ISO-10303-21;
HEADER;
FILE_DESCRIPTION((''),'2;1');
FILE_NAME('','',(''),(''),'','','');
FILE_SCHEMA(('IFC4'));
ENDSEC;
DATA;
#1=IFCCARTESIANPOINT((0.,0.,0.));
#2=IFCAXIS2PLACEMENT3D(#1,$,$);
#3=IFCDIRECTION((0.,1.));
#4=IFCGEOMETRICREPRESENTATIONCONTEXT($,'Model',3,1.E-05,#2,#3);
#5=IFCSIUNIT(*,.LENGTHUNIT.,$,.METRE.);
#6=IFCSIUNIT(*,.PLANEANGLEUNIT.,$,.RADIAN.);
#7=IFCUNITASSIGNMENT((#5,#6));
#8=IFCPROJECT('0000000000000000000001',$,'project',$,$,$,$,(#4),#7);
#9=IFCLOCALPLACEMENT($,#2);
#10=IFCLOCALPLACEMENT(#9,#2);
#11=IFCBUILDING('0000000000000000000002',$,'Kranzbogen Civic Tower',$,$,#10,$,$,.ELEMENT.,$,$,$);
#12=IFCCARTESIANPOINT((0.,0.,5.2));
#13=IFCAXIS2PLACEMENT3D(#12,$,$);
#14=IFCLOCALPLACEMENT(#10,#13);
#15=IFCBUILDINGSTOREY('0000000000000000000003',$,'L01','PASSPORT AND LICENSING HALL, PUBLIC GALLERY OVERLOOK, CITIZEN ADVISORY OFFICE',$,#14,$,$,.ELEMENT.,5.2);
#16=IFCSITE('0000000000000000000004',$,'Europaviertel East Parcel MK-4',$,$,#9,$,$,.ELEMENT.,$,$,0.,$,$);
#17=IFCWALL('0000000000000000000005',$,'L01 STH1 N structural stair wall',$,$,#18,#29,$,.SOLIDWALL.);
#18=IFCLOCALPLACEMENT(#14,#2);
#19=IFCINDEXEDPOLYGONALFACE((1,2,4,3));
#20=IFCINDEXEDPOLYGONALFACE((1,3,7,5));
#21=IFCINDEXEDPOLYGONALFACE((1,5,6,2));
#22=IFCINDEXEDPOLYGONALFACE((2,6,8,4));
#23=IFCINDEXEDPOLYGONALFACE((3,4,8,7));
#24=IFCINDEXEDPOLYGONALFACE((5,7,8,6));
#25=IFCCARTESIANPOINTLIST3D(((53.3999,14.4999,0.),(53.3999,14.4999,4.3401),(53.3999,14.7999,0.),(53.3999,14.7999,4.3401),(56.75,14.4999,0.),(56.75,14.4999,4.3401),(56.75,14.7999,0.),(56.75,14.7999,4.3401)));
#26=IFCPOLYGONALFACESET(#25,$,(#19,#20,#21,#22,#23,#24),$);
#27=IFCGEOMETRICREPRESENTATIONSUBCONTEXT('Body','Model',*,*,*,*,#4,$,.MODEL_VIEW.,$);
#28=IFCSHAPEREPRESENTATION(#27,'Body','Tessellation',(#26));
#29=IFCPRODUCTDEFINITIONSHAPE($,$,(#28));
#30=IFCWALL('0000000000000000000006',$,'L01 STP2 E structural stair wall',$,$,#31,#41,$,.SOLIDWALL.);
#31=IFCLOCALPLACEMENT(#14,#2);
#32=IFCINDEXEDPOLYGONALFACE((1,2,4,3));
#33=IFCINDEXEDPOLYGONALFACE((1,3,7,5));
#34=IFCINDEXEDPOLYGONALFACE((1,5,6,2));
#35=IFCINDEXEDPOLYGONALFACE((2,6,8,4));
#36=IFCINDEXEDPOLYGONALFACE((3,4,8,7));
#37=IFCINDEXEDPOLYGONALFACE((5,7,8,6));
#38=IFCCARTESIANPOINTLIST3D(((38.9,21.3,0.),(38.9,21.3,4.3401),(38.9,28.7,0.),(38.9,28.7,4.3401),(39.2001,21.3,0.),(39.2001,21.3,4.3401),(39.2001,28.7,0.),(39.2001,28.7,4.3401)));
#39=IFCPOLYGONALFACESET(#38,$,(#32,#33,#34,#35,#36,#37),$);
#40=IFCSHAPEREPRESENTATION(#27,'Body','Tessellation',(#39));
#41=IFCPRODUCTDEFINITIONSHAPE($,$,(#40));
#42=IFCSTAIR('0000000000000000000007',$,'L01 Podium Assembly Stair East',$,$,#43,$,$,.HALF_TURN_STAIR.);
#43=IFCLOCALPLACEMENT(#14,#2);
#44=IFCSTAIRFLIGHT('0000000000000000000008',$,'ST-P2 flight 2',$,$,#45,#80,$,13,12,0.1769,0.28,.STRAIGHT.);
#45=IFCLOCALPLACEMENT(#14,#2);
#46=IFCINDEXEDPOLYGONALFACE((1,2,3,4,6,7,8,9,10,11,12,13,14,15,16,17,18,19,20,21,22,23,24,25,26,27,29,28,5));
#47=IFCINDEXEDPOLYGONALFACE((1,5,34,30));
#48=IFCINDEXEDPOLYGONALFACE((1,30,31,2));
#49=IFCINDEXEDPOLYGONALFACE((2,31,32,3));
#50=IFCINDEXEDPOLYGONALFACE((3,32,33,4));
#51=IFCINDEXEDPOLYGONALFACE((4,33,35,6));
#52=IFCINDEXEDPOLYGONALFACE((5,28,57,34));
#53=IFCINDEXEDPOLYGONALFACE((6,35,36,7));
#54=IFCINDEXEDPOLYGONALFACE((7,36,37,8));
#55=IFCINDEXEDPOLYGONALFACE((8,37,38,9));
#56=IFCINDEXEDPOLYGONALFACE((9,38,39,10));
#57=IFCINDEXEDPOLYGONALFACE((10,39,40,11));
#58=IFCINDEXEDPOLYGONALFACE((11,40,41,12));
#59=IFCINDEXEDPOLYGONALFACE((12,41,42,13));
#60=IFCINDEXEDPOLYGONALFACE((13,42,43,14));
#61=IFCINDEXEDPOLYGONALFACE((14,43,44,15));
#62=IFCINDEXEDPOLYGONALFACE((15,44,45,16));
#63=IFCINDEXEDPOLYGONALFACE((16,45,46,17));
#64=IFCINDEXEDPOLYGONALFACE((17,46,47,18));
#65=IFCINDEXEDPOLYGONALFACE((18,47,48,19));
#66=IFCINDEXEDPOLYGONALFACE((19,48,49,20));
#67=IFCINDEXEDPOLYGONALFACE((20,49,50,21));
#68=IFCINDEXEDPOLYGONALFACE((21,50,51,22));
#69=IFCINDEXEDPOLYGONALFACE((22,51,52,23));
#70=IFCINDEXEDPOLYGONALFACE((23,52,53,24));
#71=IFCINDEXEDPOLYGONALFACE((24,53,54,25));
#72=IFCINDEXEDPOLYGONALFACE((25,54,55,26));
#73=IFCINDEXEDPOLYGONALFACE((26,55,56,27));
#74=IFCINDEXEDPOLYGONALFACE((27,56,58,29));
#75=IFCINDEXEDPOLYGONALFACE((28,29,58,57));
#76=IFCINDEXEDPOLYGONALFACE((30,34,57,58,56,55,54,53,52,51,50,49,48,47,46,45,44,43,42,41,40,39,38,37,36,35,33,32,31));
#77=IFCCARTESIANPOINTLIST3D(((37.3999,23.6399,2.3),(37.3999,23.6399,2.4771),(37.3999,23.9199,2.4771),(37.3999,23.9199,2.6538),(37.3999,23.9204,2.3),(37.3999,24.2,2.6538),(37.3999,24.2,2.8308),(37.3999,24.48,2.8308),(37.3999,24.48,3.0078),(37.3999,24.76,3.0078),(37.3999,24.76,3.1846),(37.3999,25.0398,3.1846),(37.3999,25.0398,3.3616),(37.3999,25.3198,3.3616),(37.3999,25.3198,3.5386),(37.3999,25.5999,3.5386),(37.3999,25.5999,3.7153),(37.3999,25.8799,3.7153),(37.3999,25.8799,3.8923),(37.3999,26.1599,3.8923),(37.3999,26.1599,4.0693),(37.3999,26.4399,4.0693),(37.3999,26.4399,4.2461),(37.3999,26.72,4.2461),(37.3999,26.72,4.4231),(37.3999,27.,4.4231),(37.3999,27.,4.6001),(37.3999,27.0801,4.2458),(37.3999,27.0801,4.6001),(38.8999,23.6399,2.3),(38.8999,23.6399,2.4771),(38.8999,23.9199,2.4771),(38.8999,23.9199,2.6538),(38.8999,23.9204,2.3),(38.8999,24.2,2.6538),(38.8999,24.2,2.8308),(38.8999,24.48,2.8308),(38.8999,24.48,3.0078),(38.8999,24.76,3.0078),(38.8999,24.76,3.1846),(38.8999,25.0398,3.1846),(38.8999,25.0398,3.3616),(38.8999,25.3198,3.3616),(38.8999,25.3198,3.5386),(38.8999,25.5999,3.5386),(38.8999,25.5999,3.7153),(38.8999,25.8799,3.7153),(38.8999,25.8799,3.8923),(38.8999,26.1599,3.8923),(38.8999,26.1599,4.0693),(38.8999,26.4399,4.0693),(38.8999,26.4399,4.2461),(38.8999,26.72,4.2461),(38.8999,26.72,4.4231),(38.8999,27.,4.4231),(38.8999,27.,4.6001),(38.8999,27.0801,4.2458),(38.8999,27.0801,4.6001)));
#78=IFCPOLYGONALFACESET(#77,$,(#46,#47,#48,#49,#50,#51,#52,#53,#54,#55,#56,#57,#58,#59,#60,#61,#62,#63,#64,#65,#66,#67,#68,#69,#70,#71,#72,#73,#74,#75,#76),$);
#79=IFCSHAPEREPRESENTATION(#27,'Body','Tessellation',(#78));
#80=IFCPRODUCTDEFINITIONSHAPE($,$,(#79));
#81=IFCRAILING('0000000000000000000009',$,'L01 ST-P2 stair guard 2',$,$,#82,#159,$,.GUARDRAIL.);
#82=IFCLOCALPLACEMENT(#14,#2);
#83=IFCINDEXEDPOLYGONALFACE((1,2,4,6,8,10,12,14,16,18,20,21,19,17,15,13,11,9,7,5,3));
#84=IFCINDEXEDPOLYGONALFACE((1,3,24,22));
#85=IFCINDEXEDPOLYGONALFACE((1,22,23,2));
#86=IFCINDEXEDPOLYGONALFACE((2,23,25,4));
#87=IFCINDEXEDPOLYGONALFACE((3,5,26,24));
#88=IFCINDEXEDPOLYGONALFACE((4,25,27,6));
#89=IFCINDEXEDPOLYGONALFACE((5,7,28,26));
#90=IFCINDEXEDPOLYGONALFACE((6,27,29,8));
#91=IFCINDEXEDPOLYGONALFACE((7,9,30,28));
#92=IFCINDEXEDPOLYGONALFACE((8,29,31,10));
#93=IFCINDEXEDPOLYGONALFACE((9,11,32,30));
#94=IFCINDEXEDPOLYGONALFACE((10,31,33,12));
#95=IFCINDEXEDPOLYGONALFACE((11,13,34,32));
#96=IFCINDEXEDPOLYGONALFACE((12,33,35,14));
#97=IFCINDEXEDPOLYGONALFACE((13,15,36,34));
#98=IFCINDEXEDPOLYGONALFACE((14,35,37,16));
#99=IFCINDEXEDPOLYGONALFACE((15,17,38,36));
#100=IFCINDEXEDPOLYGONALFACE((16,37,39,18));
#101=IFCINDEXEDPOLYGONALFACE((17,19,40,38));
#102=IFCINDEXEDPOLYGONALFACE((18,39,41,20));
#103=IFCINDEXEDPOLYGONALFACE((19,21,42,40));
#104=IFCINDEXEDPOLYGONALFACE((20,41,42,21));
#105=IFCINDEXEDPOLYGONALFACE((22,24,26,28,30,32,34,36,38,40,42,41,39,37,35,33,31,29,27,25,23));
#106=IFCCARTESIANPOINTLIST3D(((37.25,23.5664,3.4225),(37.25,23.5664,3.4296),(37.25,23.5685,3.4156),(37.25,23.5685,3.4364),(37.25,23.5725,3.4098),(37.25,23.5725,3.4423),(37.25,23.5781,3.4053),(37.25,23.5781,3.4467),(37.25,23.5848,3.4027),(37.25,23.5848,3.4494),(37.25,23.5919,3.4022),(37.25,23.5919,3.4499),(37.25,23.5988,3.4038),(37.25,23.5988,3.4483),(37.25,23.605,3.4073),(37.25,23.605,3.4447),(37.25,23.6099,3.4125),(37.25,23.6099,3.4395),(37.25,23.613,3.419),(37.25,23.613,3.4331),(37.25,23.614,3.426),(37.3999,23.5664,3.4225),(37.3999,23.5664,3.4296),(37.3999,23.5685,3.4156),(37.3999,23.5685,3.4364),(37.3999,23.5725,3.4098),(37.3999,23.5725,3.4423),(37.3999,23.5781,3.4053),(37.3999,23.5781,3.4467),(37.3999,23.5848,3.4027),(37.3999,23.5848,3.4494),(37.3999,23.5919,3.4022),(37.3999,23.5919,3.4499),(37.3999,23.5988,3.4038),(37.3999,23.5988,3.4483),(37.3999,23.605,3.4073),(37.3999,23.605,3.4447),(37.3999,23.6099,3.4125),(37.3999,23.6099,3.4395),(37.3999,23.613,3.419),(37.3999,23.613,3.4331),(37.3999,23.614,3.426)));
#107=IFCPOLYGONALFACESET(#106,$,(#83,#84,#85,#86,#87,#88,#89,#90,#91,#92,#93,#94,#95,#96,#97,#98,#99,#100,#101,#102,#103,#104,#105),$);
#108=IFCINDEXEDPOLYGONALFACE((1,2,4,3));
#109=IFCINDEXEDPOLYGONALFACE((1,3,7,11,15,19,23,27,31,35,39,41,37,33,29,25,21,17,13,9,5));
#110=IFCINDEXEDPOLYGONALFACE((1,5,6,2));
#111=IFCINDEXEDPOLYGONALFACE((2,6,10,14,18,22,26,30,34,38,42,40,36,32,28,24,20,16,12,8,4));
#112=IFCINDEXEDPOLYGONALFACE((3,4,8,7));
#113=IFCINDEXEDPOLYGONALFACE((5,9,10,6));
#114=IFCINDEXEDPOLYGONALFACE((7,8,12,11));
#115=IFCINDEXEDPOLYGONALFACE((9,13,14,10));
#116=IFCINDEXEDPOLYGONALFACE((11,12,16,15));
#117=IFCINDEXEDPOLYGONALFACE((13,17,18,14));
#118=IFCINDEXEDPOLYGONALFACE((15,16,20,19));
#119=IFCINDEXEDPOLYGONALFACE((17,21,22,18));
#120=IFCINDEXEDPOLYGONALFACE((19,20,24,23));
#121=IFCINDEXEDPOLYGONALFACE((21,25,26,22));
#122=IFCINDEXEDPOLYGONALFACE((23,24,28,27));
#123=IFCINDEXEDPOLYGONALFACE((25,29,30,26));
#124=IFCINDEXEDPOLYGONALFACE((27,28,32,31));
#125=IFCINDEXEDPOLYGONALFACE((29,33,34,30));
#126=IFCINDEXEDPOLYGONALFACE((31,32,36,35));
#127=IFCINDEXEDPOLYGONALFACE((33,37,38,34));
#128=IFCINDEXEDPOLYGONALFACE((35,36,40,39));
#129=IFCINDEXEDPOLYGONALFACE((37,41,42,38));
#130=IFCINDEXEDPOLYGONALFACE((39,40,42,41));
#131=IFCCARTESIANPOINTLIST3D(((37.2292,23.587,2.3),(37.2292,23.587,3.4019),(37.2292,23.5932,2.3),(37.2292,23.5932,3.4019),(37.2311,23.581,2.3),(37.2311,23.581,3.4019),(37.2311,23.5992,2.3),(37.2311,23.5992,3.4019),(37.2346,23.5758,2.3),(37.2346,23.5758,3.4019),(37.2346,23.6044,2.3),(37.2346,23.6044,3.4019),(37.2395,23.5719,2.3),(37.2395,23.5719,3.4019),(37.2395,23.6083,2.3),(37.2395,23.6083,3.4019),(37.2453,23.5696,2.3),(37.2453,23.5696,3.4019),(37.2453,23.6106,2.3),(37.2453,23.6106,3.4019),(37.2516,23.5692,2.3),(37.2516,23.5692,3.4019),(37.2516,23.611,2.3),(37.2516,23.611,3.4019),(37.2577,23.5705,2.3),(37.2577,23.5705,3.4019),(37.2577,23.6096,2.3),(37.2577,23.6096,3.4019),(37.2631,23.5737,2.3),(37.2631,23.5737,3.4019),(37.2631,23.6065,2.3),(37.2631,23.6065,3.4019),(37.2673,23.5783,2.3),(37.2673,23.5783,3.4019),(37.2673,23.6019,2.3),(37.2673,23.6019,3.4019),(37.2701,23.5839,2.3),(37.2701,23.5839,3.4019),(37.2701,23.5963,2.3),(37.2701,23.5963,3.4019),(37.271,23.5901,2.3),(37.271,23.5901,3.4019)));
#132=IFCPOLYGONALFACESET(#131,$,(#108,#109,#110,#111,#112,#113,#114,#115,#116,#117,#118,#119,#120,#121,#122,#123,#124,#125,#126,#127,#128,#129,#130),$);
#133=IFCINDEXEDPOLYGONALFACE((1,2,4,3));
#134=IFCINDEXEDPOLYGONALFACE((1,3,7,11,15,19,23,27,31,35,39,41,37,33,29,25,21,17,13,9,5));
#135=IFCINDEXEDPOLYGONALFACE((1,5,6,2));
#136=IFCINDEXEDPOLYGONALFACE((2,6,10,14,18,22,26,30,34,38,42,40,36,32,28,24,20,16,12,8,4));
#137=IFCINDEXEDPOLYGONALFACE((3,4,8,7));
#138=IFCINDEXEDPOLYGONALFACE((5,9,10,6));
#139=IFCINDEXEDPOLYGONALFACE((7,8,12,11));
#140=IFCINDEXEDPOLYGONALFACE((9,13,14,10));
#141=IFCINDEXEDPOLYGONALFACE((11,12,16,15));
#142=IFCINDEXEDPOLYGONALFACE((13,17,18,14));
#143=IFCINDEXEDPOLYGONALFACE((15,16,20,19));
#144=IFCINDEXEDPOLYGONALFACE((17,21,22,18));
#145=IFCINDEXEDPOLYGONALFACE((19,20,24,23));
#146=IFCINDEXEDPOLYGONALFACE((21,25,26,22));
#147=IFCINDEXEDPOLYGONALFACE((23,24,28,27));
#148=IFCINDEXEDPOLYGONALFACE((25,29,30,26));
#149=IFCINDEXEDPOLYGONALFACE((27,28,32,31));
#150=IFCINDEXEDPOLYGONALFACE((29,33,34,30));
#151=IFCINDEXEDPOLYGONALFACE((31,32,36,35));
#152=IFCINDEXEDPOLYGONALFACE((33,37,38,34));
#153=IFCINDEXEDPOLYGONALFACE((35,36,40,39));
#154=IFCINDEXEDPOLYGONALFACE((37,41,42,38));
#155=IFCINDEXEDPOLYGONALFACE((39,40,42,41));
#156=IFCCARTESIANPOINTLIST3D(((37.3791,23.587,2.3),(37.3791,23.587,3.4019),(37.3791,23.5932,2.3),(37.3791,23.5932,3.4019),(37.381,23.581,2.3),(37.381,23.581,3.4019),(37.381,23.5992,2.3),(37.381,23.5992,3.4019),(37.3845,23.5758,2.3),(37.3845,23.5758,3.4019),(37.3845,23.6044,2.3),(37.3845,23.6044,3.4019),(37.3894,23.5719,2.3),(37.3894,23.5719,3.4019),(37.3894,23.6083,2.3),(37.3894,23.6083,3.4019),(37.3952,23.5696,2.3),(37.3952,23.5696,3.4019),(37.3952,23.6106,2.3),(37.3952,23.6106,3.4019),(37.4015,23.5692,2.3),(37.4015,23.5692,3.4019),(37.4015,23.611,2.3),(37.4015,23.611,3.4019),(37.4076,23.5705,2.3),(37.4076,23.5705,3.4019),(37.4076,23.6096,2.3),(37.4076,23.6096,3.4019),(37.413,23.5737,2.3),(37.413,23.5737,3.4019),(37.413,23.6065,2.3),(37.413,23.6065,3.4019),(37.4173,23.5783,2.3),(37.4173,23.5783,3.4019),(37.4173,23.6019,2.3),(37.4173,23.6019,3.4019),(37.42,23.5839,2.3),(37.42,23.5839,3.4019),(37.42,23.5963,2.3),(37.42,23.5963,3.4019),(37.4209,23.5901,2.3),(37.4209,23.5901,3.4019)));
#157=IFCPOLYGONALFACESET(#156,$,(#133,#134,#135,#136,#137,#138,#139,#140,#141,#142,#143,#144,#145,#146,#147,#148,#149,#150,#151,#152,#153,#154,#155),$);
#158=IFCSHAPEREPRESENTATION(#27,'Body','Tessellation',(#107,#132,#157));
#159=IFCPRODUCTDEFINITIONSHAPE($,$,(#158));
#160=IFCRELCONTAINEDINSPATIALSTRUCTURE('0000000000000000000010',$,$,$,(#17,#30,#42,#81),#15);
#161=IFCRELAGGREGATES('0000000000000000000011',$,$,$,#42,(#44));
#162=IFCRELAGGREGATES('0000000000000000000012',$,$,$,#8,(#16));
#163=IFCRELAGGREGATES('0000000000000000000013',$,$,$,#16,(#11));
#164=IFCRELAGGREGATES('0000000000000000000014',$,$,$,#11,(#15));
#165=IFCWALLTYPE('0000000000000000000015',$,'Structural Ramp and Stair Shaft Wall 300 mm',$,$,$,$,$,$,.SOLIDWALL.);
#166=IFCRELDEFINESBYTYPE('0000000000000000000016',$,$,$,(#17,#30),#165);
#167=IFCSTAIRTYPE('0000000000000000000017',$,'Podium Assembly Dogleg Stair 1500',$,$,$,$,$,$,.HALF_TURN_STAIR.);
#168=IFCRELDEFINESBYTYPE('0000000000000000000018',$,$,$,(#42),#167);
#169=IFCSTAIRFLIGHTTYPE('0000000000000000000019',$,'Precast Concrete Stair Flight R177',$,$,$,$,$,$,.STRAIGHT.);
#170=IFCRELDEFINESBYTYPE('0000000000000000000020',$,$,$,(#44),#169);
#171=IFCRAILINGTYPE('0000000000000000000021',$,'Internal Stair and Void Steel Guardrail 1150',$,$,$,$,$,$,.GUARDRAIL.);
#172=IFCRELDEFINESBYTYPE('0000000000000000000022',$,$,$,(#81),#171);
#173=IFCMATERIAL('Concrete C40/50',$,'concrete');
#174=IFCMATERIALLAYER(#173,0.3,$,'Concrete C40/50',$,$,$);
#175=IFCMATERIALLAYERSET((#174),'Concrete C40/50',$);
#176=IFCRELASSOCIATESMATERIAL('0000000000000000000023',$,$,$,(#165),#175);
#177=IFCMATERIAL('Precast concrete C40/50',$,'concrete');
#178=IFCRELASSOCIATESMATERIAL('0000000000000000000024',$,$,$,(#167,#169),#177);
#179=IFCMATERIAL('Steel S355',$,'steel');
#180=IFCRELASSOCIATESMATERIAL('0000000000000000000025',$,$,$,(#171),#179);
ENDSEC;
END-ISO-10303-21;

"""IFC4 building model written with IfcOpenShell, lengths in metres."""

from ifc_helpers import new_model, si_unit, direction, frame, frame_2d, origin, origin_2d, place, context, subcontext, project, spatial, polyline, rectangle, circle, outline, extrude, material, layer, layer_set, type_object, element, aggregate, save


model = new_model("IFC4")

# Units and contexts
model_context = context("Model", 3, precision=1e-05, world=origin(), true_north=direction((0.0, 1.0)))
body_context = subcontext(model_context, "Body", "Model", "MODEL_VIEW")
ifc_project = project(units=[si_unit("LENGTHUNIT", "METRE"), si_unit("PLANEANGLEUNIT", "RADIAN")], contexts=[model_context])

# Site, building, storey
site_placement = place(None, origin())
site = spatial("IfcSite", under=ifc_project, at=site_placement, Name="Europaviertel East Parcel MK-4", CompositionType="ELEMENT", RefElevation=0.0)
building_placement = place(site_placement, origin())
building = spatial("IfcBuilding", under=site, at=building_placement, Name="Kranzbogen Civic Tower", CompositionType="ELEMENT")
storey_placement = place(building_placement, frame((0.0, 0.0, 5.2)))
storey = spatial("IfcBuildingStorey", under=building, at=storey_placement, Name="L01", Description="PASSPORT AND LICENSING HALL, PUBLIC GALLERY OVERLOOK, CITIZEN ADVISORY OFFICE", CompositionType="ELEMENT", Elevation=5.2)

# Shared definitions
ifc_material_1 = material(Name="Concrete C40/50", Category="concrete")

# Shared definitions
ifc_material_2 = material(Name="Steel S355", Category="steel")

# Walls
ifc_layer_1 = layer(ifc_material_1, 0.3, Name="Concrete C40/50")
ifc_layer_set_1 = layer_set([ifc_layer_1], Name="Concrete C40/50")
wall_type_1 = type_object("IfcWallType", Name="Structural Ramp and Stair Shaft Wall 300 mm", PredefinedType="SOLIDWALL", material=ifc_layer_set_1)
wall_1_placement = place(storey_placement, frame((53.3999, 14.6499, 0.0), z_axis=(0.0, 0.0, 1.0), x_axis=(1.0, 0.0, 0.0)))
element("IfcWall", 1, at=wall_1_placement, inside=storey, type_object=wall_type_1, Name="L01 STH1 N structural stair wall", PredefinedType="SOLIDWALL", context=body_context, shape_type="SweptSolid", body=[
    extrude(rectangle(XDim=3.3501, YDim=0.3, at=frame_2d((1.675, 0.0))), origin(), (0.0, 0.0, 1.0), 4.3401),
])
wall_2_placement = place(storey_placement, frame((39.05, 21.3, 0.0), z_axis=(0.0, 0.0, 1.0), x_axis=(0.0, 1.0, 0.0)))
element("IfcWall", 2, at=wall_2_placement, inside=storey, type_object=wall_type_1, Name="L01 STP2 E structural stair wall", PredefinedType="SOLIDWALL", context=body_context, shape_type="SweptSolid", body=[
    extrude(rectangle(XDim=7.3999, YDim=0.3, at=frame_2d((3.7, 0.0))), origin(), (0.0, 0.0, 1.0), 4.3401),
])

# Stair, stair flight
ifc_material_3 = material(Name="Precast concrete C40/50", Category="concrete")
stair_type = type_object("IfcStairType", Name="Podium Assembly Dogleg Stair 1500", PredefinedType="HALF_TURN_STAIR", material=ifc_material_3)
stair_placement = place(storey_placement, origin())
stair = element("IfcStair", 3, at=stair_placement, inside=storey, type_object=stair_type, Name="L01 Podium Assembly Stair East", PredefinedType="HALF_TURN_STAIR")
stair_flight_type = type_object("IfcStairFlightType", Name="Precast Concrete Stair Flight R177", PredefinedType="STRAIGHT", material=ifc_material_3)
stair_flight_placement = place(storey_placement, frame((38.1499, 23.6399, 2.3), z_axis=(0.0, 0.0, 1.0), x_axis=(0.0, 1.0, 0.0)))
stair_flight = element("IfcStairFlight", 4, at=stair_flight_placement, type_object=stair_flight_type, Name="ST-P2 flight 2", NumberOfRisers=13, NumberOfTreads=12, PredefinedType="STRAIGHT", RiserHeight=0.1769, TreadLength=0.28, context=body_context, shape_type="SweptSolid", body=[
    extrude(outline(polyline([(0.0, 0.0), (0.0, 0.177), (0.28, 0.177), (0.28, 0.3538), (0.5601, 0.3538), (0.5601, 0.5308), (0.8401, 0.5308), (0.8401, 0.7078), (1.1201, 0.7078), (1.1201, 0.8845), (1.3999, 0.8845), (1.3999, 1.0615), (1.6799, 1.0615), (1.6799, 1.2385), (1.96, 1.2385), (1.96, 1.4153), (2.24, 1.4153), (2.24, 1.5923), (2.52, 1.5923), (2.52, 1.7693), (2.8, 1.7693), (2.8, 1.946), (3.0801, 1.946), (3.0801, 2.123), (3.3601, 2.123), (3.3601, 2.3), (3.4402, 2.3), (3.4402, 1.9458), (0.2805, 0.0), (0.0, 0.0)])), frame((0.0, 0.75, 0.0), z_axis=(0.0, -1.0, 0.0), x_axis=(1.0, 0.0, 0.0)), (0.0, 0.0, 1.0), 1.5),
])
aggregate(stair, [stair_flight])

# Railing
railing_type_1 = type_object("IfcRailingType", Name="Internal Stair and Void Steel Guardrail 1150", PredefinedType="GUARDRAIL", material=ifc_material_2)
railing_1_placement = place(storey_placement, frame((37.25, 23.5901, 2.3)))
element("IfcRailing", 5, at=railing_1_placement, inside=storey, type_object=railing_type_1, Name="L01 ST-P2 stair guard 2", PredefinedType="GUARDRAIL", context=body_context, shape_type="SweptSolid", body=[
    extrude(circle(Radius=0.0239, at=origin_2d()), frame((0.0, 0.0, 1.126), z_axis=(1.0, 0.0, 0.0), x_axis=(0.0, 1.0, 0.0)), (0.0, 0.0, 1.0), 0.1499),
    extrude(circle(Radius=0.021, at=origin_2d()), origin(), (0.0, 0.0, 1.0), 1.1018),
    extrude(circle(Radius=0.021, at=origin_2d()), frame((0.1499, 0.0, 0.0)), (0.0, 0.0, 1.0), 1.1018),
])

save(model, "model.ifc")
